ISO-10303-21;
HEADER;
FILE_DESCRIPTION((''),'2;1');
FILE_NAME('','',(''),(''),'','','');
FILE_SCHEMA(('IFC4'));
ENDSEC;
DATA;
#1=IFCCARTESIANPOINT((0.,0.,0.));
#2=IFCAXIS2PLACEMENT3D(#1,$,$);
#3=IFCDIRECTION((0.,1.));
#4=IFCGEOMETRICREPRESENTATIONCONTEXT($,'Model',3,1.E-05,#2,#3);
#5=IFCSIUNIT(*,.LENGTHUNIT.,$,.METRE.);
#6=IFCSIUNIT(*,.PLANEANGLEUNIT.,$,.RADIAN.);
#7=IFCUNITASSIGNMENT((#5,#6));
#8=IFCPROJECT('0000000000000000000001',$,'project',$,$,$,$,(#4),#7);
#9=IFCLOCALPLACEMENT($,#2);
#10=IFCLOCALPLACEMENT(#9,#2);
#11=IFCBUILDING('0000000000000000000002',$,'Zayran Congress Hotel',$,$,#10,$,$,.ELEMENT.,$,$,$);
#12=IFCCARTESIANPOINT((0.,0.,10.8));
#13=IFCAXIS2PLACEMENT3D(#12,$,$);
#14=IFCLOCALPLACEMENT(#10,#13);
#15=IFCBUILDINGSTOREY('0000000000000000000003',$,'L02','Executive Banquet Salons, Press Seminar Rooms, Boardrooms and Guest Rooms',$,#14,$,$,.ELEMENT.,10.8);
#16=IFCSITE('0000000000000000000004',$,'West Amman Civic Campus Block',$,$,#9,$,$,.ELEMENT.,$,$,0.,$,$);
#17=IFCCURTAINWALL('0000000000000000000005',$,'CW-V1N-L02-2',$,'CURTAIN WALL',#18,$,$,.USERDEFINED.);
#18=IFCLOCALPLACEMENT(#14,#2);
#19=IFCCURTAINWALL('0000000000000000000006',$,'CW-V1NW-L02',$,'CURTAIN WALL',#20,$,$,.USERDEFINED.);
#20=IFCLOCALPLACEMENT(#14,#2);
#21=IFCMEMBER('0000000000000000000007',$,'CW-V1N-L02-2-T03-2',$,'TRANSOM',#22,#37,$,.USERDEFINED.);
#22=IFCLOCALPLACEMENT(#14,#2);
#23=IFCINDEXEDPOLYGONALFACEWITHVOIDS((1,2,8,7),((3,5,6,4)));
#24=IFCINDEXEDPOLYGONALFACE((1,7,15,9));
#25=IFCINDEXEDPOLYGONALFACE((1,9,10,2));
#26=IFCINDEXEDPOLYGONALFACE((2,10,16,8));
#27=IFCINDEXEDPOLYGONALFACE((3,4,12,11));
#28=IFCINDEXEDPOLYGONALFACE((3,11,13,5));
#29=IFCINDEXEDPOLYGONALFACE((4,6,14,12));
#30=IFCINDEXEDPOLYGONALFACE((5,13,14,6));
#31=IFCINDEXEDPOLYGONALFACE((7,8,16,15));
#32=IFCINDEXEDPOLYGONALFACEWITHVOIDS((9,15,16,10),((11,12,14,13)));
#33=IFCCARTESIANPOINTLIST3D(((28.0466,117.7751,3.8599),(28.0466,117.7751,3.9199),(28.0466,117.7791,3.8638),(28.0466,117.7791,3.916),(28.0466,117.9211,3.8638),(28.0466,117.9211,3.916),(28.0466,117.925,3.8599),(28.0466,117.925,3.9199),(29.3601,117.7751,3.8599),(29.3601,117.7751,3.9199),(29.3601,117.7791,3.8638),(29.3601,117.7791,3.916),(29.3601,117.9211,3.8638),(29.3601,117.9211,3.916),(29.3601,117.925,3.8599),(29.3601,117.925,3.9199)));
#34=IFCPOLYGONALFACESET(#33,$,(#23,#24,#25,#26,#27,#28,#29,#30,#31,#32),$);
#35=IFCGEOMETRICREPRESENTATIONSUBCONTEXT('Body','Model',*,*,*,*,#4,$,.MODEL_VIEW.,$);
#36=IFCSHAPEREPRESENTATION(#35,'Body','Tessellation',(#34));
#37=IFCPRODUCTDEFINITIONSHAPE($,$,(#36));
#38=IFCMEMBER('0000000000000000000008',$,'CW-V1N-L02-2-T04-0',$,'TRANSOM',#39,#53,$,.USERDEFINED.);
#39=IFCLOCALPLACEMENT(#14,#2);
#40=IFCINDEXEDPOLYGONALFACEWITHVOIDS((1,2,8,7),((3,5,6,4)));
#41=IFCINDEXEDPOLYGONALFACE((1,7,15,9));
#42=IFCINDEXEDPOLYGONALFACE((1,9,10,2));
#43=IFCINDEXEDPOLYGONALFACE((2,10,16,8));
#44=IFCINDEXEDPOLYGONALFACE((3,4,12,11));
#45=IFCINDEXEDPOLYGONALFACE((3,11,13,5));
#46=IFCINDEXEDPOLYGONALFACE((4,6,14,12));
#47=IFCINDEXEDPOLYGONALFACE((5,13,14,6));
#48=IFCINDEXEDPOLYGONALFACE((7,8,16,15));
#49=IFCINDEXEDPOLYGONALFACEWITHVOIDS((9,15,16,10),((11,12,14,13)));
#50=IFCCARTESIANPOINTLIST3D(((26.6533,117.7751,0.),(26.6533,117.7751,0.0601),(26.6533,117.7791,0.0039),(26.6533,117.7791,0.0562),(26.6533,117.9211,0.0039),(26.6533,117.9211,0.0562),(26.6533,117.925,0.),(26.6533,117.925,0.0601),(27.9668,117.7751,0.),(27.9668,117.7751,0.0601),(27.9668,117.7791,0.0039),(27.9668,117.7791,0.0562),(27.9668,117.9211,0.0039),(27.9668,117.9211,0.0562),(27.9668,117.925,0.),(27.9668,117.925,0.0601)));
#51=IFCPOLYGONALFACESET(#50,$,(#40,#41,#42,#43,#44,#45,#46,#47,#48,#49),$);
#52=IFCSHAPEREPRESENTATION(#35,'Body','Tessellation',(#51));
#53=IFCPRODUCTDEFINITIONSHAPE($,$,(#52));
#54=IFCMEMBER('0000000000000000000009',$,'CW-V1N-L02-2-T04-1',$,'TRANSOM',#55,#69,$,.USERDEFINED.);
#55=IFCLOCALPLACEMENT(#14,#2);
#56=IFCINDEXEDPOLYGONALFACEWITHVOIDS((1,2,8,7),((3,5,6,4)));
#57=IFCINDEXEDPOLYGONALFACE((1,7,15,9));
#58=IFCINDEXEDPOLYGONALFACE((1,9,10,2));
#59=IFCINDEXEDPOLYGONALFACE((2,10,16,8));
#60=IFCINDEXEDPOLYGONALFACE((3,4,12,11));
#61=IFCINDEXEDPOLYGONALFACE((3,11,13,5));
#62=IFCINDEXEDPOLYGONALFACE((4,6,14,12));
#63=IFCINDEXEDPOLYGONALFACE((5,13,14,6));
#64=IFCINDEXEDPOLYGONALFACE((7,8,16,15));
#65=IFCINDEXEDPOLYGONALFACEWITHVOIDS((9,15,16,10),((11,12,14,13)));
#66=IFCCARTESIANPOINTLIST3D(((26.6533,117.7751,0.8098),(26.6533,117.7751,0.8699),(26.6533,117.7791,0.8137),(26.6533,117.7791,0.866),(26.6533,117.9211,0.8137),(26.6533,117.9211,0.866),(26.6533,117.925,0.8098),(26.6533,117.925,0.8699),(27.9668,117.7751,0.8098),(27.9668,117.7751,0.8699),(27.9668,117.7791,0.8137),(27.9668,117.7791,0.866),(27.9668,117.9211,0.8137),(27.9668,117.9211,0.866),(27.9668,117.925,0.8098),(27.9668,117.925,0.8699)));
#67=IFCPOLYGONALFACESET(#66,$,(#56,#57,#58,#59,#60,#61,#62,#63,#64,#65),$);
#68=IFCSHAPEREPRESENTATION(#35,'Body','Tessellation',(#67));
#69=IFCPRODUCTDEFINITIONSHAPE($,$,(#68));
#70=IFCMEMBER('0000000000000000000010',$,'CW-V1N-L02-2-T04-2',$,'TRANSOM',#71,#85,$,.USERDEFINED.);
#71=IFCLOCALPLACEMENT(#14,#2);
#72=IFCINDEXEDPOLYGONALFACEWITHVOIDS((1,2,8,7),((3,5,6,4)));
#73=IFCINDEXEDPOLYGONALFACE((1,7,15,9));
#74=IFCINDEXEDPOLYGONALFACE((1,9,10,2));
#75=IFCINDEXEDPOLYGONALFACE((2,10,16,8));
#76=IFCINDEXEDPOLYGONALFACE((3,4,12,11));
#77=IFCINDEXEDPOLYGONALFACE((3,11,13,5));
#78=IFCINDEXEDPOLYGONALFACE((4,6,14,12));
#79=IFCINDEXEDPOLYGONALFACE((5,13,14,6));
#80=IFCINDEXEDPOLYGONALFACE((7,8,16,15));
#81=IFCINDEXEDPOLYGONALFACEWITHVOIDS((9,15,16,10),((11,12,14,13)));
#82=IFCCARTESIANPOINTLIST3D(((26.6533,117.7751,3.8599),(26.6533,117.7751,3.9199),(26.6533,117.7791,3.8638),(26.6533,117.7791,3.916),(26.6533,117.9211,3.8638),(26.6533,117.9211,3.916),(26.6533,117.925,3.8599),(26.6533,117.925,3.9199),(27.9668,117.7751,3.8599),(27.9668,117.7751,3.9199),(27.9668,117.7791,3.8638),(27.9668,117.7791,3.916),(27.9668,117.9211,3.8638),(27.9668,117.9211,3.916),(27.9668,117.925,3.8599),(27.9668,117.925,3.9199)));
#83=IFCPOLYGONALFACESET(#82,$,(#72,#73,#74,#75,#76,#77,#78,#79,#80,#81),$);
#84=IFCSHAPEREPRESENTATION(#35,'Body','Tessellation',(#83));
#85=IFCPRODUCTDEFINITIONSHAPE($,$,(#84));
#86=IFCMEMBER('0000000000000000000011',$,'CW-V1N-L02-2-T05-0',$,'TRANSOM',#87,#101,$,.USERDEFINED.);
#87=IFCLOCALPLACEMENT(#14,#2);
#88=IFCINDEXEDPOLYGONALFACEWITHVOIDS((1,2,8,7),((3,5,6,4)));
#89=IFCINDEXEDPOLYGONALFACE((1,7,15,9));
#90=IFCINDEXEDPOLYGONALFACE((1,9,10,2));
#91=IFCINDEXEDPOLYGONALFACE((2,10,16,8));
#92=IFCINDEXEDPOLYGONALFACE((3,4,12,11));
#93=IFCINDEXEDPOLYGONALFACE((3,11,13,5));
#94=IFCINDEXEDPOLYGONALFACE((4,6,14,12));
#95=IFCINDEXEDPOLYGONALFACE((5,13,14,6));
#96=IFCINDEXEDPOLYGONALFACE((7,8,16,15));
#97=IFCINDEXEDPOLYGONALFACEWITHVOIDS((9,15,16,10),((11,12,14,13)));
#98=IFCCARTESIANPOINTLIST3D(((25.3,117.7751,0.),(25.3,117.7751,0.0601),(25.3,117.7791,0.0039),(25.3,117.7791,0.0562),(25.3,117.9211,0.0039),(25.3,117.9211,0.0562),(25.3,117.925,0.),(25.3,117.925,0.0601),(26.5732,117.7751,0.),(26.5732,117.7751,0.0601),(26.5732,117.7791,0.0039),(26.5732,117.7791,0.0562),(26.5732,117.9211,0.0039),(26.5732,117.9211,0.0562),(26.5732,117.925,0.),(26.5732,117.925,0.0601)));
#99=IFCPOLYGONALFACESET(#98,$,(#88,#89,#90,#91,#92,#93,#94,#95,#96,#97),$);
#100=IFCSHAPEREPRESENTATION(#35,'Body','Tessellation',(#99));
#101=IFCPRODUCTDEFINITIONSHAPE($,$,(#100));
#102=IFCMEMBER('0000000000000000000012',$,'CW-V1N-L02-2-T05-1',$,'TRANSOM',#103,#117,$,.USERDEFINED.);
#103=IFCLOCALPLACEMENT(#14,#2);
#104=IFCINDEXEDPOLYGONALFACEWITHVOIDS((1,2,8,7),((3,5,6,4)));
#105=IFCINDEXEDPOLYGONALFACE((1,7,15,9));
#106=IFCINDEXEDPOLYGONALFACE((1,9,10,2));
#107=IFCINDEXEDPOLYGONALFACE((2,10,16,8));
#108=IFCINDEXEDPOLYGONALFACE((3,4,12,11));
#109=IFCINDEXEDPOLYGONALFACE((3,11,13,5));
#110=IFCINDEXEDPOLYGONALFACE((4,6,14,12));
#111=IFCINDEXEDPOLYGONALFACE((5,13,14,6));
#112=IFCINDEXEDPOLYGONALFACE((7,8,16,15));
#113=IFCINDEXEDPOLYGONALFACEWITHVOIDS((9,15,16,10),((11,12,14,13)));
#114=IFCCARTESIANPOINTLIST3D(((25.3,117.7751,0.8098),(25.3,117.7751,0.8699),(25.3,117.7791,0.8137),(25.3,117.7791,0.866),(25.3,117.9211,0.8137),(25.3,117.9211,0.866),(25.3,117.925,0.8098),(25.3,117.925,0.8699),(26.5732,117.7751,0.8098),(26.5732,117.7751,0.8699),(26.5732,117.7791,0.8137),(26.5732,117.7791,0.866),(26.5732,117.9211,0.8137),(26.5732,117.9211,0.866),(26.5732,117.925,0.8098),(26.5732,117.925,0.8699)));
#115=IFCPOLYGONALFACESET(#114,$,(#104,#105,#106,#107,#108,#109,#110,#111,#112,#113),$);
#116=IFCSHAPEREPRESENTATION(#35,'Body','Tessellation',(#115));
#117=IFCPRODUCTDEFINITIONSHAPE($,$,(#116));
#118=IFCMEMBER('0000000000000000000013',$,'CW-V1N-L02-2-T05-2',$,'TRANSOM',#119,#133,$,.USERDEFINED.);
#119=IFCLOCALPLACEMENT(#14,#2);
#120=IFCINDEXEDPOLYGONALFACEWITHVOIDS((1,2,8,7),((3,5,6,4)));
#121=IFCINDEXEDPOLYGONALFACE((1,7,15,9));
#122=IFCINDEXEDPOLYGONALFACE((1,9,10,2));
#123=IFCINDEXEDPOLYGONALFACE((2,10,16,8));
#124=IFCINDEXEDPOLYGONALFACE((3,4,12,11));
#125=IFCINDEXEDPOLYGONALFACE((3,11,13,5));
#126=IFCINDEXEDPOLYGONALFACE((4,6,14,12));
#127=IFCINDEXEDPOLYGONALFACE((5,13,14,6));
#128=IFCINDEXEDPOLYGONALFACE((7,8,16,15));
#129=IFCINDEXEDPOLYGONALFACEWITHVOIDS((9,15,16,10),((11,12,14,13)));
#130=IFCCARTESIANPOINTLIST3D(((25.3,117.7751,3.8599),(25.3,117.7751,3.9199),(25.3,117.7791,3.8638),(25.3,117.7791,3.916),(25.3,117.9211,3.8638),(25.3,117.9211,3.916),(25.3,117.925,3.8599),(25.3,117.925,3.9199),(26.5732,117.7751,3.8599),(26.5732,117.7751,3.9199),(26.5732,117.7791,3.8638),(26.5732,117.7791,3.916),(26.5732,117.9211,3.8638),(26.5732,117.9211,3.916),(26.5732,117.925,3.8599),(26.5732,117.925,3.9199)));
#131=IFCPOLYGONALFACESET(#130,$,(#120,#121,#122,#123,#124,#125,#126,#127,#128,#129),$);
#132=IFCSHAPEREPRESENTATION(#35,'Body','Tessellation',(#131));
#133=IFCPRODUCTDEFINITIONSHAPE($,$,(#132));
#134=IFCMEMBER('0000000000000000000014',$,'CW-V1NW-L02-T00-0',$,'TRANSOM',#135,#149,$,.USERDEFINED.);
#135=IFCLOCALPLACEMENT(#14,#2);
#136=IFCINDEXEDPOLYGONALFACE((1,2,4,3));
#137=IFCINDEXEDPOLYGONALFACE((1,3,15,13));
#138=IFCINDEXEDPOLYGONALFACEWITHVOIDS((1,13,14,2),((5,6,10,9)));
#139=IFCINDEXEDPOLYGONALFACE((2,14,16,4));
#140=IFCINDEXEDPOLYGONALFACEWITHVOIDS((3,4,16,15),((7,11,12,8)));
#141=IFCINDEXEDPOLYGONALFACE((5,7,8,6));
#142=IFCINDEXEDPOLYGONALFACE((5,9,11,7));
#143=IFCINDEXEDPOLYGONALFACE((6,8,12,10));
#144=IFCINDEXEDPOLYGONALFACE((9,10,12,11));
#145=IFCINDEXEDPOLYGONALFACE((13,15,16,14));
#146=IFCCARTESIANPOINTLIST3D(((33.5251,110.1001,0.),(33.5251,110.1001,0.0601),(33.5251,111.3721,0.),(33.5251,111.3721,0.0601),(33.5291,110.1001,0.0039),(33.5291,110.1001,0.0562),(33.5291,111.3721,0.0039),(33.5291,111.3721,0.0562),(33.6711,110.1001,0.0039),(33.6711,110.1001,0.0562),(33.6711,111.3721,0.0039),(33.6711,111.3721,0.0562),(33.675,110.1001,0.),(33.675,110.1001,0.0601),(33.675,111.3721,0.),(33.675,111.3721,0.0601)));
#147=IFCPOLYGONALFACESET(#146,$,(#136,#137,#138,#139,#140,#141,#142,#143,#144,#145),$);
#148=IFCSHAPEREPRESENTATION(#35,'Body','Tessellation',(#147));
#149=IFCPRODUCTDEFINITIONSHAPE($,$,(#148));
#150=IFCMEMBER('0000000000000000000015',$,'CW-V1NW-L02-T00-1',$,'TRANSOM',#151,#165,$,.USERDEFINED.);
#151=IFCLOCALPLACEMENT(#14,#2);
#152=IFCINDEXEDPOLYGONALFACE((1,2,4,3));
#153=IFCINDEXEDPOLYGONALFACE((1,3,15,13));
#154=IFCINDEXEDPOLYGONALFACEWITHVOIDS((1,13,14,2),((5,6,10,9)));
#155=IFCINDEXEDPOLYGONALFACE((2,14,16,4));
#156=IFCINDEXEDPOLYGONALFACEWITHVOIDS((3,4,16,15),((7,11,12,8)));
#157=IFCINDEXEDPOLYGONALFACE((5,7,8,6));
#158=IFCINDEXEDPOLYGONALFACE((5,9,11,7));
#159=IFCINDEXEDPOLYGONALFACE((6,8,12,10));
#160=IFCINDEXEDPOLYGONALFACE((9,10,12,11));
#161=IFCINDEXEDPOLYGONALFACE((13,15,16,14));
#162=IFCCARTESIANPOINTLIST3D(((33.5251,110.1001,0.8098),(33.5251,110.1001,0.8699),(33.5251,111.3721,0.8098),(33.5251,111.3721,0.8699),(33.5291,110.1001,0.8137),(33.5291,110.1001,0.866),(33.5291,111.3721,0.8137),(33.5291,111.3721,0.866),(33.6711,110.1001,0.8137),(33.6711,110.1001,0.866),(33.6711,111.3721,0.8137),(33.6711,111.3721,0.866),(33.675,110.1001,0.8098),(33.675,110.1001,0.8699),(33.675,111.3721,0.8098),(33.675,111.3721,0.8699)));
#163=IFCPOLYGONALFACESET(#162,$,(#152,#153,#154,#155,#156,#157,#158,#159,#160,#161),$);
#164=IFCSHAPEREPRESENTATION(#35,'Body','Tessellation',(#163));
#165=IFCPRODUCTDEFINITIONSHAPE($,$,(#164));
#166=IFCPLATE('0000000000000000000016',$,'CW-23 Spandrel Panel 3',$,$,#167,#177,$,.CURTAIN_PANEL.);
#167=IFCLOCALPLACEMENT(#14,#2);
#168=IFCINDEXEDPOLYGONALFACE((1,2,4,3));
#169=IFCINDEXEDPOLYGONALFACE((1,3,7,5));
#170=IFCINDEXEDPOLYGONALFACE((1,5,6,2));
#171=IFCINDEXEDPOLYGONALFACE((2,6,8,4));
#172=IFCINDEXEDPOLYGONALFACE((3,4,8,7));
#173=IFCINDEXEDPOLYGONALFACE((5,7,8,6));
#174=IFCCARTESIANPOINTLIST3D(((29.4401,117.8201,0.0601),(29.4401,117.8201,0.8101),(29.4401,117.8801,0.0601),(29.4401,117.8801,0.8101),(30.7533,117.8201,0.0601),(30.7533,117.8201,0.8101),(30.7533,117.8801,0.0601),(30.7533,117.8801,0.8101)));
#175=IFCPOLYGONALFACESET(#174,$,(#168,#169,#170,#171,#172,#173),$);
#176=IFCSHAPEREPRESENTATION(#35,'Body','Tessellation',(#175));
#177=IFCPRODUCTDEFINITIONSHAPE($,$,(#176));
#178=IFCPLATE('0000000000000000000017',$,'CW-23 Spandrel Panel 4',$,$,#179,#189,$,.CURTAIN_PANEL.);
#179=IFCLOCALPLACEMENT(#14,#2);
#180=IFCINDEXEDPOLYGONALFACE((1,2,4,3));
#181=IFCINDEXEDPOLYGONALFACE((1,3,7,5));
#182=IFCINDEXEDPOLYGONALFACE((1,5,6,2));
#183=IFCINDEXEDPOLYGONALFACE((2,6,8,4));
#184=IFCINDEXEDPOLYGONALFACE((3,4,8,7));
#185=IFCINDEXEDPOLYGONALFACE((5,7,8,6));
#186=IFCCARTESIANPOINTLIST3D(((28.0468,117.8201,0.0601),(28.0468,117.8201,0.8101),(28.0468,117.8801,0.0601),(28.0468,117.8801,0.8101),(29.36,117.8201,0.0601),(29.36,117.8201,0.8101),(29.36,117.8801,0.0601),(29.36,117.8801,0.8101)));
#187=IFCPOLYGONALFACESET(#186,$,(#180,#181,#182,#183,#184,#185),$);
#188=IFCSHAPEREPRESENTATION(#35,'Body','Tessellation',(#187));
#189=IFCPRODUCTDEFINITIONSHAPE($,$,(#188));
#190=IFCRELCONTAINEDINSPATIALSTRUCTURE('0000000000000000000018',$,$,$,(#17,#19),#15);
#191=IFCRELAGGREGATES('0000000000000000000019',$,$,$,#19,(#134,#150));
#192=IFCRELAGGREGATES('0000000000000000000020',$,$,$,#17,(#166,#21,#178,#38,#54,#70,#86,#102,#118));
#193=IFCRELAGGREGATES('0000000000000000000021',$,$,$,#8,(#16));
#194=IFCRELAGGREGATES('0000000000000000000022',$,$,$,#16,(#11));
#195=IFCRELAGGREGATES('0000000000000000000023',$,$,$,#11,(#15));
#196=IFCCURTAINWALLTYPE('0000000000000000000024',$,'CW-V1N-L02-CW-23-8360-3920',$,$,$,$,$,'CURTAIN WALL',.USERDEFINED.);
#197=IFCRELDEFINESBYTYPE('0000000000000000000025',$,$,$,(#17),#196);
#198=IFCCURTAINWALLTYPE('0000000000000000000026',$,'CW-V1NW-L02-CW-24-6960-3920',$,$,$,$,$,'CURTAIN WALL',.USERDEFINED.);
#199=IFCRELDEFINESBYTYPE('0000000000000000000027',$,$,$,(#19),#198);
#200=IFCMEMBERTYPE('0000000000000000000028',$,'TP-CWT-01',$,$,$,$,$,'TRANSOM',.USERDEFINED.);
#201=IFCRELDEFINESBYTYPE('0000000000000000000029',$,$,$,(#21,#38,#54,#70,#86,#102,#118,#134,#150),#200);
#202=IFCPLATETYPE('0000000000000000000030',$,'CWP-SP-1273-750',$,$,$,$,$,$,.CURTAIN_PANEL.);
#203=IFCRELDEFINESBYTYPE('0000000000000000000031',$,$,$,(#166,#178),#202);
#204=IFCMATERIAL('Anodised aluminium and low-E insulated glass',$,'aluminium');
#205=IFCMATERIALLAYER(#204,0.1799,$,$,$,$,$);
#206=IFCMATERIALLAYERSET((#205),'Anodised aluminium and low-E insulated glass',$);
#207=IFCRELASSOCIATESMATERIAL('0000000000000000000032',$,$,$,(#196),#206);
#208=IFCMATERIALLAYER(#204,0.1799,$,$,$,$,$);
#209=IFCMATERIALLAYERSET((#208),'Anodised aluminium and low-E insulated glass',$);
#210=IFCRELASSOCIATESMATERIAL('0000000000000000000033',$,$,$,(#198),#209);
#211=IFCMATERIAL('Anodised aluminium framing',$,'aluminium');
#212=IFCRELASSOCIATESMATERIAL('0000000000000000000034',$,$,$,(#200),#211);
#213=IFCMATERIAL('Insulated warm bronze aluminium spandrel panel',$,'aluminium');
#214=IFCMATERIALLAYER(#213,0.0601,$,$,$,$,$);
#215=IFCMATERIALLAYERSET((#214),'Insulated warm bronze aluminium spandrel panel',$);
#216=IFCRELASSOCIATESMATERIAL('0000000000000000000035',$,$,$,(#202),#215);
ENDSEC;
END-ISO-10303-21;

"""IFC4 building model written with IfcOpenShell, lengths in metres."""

from ifc_helpers import new_model, si_unit, direction, frame, origin, origin_2d, place, context, subcontext, project, spatial, rectangle, hollow_rectangle, extrude, material, layer, layer_set, material_profile, profile_set, type_object, element, aggregate, save


model = new_model("IFC4")

# Units and contexts
model_context = context("Model", 3, precision=1e-05, world=origin(), true_north=direction((0.0, 1.0)))
body_context = subcontext(model_context, "Body", "Model", "MODEL_VIEW")
ifc_project = project(units=[si_unit("LENGTHUNIT", "METRE"), si_unit("PLANEANGLEUNIT", "RADIAN")], contexts=[model_context])

# Site, building, storey
site_placement = place(None, origin())
site = spatial("IfcSite", under=ifc_project, at=site_placement, Name="West Amman Civic Campus Block", CompositionType="ELEMENT", RefElevation=0.0)
building_placement = place(site_placement, origin())
building = spatial("IfcBuilding", under=site, at=building_placement, Name="Zayran Congress Hotel", CompositionType="ELEMENT")
storey_placement = place(building_placement, frame((0.0, 0.0, 10.8)))
storey = spatial("IfcBuildingStorey", under=building, at=storey_placement, Name="L02", Description="Executive Banquet Salons, Press Seminar Rooms, Boardrooms and Guest Rooms", CompositionType="ELEMENT", Elevation=10.8)

# Curtain wall
ifc_material_1 = material(Name="Anodised aluminium and low-E insulated glass", Category="aluminium")
ifc_layer_1 = layer(ifc_material_1, 0.1799)
ifc_layer_set_1 = layer_set([ifc_layer_1], Name="Anodised aluminium and low-E insulated glass")
curtain_wall_type_1 = type_object("IfcCurtainWallType", Name="CW-V1N-L02-CW-23-8360-3920", ElementType="CURTAIN WALL", PredefinedType="USERDEFINED", material=ifc_layer_set_1)
curtain_wall_1_placement = place(storey_placement, origin())
curtain_wall_1 = element("IfcCurtainWall", 1, at=curtain_wall_1_placement, inside=storey, type_object=curtain_wall_type_1, Name="CW-V1N-L02-2", ObjectType="CURTAIN WALL", PredefinedType="USERDEFINED")
ifc_material_2 = material(Name="Anodised aluminium framing", Category="aluminium")

# Curtain wall
ifc_layer_2 = layer(ifc_material_1, 0.1799)
ifc_layer_set_2 = layer_set([ifc_layer_2], Name="Anodised aluminium and low-E insulated glass")
curtain_wall_type_2 = type_object("IfcCurtainWallType", Name="CW-V1NW-L02-CW-24-6960-3920", ElementType="CURTAIN WALL", PredefinedType="USERDEFINED", material=ifc_layer_set_2)
curtain_wall_2_placement = place(storey_placement, origin())
curtain_wall_2 = element("IfcCurtainWall", 2, at=curtain_wall_2_placement, inside=storey, type_object=curtain_wall_type_2, Name="CW-V1NW-L02", ObjectType="CURTAIN WALL", PredefinedType="USERDEFINED")

# Members
ifc_material_profile_1 = material_profile(ifc_material_2, hollow_rectangle(XDim=0.0601, YDim=0.1499, WallThickness=0.0039, at=origin_2d()), Name="RHS 150x60x4")
ifc_profile_set_1 = profile_set([ifc_material_profile_1], Name="Anodised aluminium framing")
member_type_1 = type_object("IfcMemberType", Name="TP-CWT-01", ElementType="TRANSOM", PredefinedType="USERDEFINED", material=ifc_profile_set_1)
member_1_placement = place(storey_placement, frame((29.3601, 117.8501, 3.8899), z_axis=(-1.0, 0.0, 0.0), x_axis=(0.0, 0.0, 1.0)))
member_1 = element("IfcMember", 3, at=member_1_placement, type_object=member_type_1, Name="CW-V1N-L02-2-T03-2", ObjectType="TRANSOM", PredefinedType="USERDEFINED", context=body_context, shape_type="SweptSolid", body=[
    extrude(hollow_rectangle(XDim=0.0601, YDim=0.1499, WallThickness=0.0039, at=origin_2d()), origin(), (0.0, 0.0, 1.0), 1.3135),
])
member_2_placement = place(storey_placement, frame((27.9668, 117.8501, 0.03), z_axis=(-1.0, 0.0, 0.0), x_axis=(0.0, 0.0, 1.0)))
member_2 = element("IfcMember", 4, at=member_2_placement, type_object=member_type_1, Name="CW-V1N-L02-2-T04-0", ObjectType="TRANSOM", PredefinedType="USERDEFINED", context=body_context, shape_type="SweptSolid", body=[
    extrude(hollow_rectangle(XDim=0.0601, YDim=0.1499, WallThickness=0.0039, at=origin_2d()), origin(), (0.0, 0.0, 1.0), 1.3135),
])
member_3_placement = place(storey_placement, frame((27.9668, 117.8501, 0.8398), z_axis=(-1.0, 0.0, 0.0), x_axis=(0.0, 0.0, 1.0)))
member_3 = element("IfcMember", 5, at=member_3_placement, type_object=member_type_1, Name="CW-V1N-L02-2-T04-1", ObjectType="TRANSOM", PredefinedType="USERDEFINED", context=body_context, shape_type="SweptSolid", body=[
    extrude(hollow_rectangle(XDim=0.0601, YDim=0.1499, WallThickness=0.0039, at=origin_2d()), origin(), (0.0, 0.0, 1.0), 1.3135),
])
member_4_placement = place(storey_placement, frame((27.9668, 117.8501, 3.8899), z_axis=(-1.0, 0.0, 0.0), x_axis=(0.0, 0.0, 1.0)))
member_4 = element("IfcMember", 6, at=member_4_placement, type_object=member_type_1, Name="CW-V1N-L02-2-T04-2", ObjectType="TRANSOM", PredefinedType="USERDEFINED", context=body_context, shape_type="SweptSolid", body=[
    extrude(hollow_rectangle(XDim=0.0601, YDim=0.1499, WallThickness=0.0039, at=origin_2d()), origin(), (0.0, 0.0, 1.0), 1.3135),
])
member_5_placement = place(storey_placement, frame((26.5732, 117.8501, 0.03), z_axis=(-1.0, 0.0, 0.0), x_axis=(0.0, 0.0, 1.0)))
member_5 = element("IfcMember", 7, at=member_5_placement, type_object=member_type_1, Name="CW-V1N-L02-2-T05-0", ObjectType="TRANSOM", PredefinedType="USERDEFINED", context=body_context, shape_type="SweptSolid", body=[
    extrude(hollow_rectangle(XDim=0.0601, YDim=0.1499, WallThickness=0.0039, at=origin_2d()), origin(), (0.0, 0.0, 1.0), 1.2732),
])
member_6_placement = place(storey_placement, frame((26.5732, 117.8501, 0.8398), z_axis=(-1.0, 0.0, 0.0), x_axis=(0.0, 0.0, 1.0)))
member_6 = element("IfcMember", 8, at=member_6_placement, type_object=member_type_1, Name="CW-V1N-L02-2-T05-1", ObjectType="TRANSOM", PredefinedType="USERDEFINED", context=body_context, shape_type="SweptSolid", body=[
    extrude(hollow_rectangle(XDim=0.0601, YDim=0.1499, WallThickness=0.0039, at=origin_2d()), origin(), (0.0, 0.0, 1.0), 1.2732),
])
member_7_placement = place(storey_placement, frame((26.5732, 117.8501, 3.8899), z_axis=(-1.0, 0.0, 0.0), x_axis=(0.0, 0.0, 1.0)))
member_7 = element("IfcMember", 9, at=member_7_placement, type_object=member_type_1, Name="CW-V1N-L02-2-T05-2", ObjectType="TRANSOM", PredefinedType="USERDEFINED", context=body_context, shape_type="SweptSolid", body=[
    extrude(hollow_rectangle(XDim=0.0601, YDim=0.1499, WallThickness=0.0039, at=origin_2d()), origin(), (0.0, 0.0, 1.0), 1.2732),
])
member_8_placement = place(storey_placement, frame((33.6001, 110.1001, 0.03), z_axis=(0.0, 1.0, 0.0), x_axis=(0.0, 0.0, 1.0)))
member_8 = element("IfcMember", 10, at=member_8_placement, type_object=member_type_1, Name="CW-V1NW-L02-T00-0", ObjectType="TRANSOM", PredefinedType="USERDEFINED", context=body_context, shape_type="SweptSolid", body=[
    extrude(hollow_rectangle(XDim=0.0601, YDim=0.1499, WallThickness=0.0039, at=origin_2d()), origin(), (0.0, 0.0, 1.0), 1.272),
])
member_9_placement = place(storey_placement, frame((33.6001, 110.1001, 0.8398), z_axis=(0.0, 1.0, 0.0), x_axis=(0.0, 0.0, 1.0)))
member_9 = element("IfcMember", 11, at=member_9_placement, type_object=member_type_1, Name="CW-V1NW-L02-T00-1", ObjectType="TRANSOM", PredefinedType="USERDEFINED", context=body_context, shape_type="SweptSolid", body=[
    extrude(hollow_rectangle(XDim=0.0601, YDim=0.1499, WallThickness=0.0039, at=origin_2d()), origin(), (0.0, 0.0, 1.0), 1.272),
])
aggregate(curtain_wall_2, [member_8, member_9])

# Plates
ifc_material_3 = material(Name="Insulated warm bronze aluminium spandrel panel", Category="aluminium")
ifc_layer_3 = layer(ifc_material_3, 0.0601)
ifc_layer_set_3 = layer_set([ifc_layer_3], Name="Insulated warm bronze aluminium spandrel panel")
plate_type_1 = type_object("IfcPlateType", Name="CWP-SP-1273-750", PredefinedType="CURTAIN_PANEL", material=ifc_layer_set_3)
plate_1_placement = place(storey_placement, frame((30.0967, 117.8501, 0.0601), z_axis=(0.0, 0.0, 1.0), x_axis=(1.0, 0.0, 0.0)))
plate_1 = element("IfcPlate", 12, at=plate_1_placement, type_object=plate_type_1, Name="CW-23 Spandrel Panel 3", PredefinedType="CURTAIN_PANEL", context=body_context, shape_type="SweptSolid", body=[
    extrude(rectangle(XDim=1.3132, YDim=0.0601, at=origin_2d()), origin(), (0.0, 0.0, 1.0), 0.75),
])
plate_2_placement = place(storey_placement, frame((28.7034, 117.8501, 0.0601), z_axis=(0.0, 0.0, 1.0), x_axis=(1.0, 0.0, 0.0)))
plate_2 = element("IfcPlate", 13, at=plate_2_placement, type_object=plate_type_1, Name="CW-23 Spandrel Panel 4", PredefinedType="CURTAIN_PANEL", context=body_context, shape_type="SweptSolid", body=[
    extrude(rectangle(XDim=1.3132, YDim=0.0601, at=origin_2d()), origin(), (0.0, 0.0, 1.0), 0.75),
])
aggregate(curtain_wall_1, [plate_1, member_1, plate_2, member_2, member_3, member_4, member_5, member_6, member_7])

save(model, "model.ifc")
